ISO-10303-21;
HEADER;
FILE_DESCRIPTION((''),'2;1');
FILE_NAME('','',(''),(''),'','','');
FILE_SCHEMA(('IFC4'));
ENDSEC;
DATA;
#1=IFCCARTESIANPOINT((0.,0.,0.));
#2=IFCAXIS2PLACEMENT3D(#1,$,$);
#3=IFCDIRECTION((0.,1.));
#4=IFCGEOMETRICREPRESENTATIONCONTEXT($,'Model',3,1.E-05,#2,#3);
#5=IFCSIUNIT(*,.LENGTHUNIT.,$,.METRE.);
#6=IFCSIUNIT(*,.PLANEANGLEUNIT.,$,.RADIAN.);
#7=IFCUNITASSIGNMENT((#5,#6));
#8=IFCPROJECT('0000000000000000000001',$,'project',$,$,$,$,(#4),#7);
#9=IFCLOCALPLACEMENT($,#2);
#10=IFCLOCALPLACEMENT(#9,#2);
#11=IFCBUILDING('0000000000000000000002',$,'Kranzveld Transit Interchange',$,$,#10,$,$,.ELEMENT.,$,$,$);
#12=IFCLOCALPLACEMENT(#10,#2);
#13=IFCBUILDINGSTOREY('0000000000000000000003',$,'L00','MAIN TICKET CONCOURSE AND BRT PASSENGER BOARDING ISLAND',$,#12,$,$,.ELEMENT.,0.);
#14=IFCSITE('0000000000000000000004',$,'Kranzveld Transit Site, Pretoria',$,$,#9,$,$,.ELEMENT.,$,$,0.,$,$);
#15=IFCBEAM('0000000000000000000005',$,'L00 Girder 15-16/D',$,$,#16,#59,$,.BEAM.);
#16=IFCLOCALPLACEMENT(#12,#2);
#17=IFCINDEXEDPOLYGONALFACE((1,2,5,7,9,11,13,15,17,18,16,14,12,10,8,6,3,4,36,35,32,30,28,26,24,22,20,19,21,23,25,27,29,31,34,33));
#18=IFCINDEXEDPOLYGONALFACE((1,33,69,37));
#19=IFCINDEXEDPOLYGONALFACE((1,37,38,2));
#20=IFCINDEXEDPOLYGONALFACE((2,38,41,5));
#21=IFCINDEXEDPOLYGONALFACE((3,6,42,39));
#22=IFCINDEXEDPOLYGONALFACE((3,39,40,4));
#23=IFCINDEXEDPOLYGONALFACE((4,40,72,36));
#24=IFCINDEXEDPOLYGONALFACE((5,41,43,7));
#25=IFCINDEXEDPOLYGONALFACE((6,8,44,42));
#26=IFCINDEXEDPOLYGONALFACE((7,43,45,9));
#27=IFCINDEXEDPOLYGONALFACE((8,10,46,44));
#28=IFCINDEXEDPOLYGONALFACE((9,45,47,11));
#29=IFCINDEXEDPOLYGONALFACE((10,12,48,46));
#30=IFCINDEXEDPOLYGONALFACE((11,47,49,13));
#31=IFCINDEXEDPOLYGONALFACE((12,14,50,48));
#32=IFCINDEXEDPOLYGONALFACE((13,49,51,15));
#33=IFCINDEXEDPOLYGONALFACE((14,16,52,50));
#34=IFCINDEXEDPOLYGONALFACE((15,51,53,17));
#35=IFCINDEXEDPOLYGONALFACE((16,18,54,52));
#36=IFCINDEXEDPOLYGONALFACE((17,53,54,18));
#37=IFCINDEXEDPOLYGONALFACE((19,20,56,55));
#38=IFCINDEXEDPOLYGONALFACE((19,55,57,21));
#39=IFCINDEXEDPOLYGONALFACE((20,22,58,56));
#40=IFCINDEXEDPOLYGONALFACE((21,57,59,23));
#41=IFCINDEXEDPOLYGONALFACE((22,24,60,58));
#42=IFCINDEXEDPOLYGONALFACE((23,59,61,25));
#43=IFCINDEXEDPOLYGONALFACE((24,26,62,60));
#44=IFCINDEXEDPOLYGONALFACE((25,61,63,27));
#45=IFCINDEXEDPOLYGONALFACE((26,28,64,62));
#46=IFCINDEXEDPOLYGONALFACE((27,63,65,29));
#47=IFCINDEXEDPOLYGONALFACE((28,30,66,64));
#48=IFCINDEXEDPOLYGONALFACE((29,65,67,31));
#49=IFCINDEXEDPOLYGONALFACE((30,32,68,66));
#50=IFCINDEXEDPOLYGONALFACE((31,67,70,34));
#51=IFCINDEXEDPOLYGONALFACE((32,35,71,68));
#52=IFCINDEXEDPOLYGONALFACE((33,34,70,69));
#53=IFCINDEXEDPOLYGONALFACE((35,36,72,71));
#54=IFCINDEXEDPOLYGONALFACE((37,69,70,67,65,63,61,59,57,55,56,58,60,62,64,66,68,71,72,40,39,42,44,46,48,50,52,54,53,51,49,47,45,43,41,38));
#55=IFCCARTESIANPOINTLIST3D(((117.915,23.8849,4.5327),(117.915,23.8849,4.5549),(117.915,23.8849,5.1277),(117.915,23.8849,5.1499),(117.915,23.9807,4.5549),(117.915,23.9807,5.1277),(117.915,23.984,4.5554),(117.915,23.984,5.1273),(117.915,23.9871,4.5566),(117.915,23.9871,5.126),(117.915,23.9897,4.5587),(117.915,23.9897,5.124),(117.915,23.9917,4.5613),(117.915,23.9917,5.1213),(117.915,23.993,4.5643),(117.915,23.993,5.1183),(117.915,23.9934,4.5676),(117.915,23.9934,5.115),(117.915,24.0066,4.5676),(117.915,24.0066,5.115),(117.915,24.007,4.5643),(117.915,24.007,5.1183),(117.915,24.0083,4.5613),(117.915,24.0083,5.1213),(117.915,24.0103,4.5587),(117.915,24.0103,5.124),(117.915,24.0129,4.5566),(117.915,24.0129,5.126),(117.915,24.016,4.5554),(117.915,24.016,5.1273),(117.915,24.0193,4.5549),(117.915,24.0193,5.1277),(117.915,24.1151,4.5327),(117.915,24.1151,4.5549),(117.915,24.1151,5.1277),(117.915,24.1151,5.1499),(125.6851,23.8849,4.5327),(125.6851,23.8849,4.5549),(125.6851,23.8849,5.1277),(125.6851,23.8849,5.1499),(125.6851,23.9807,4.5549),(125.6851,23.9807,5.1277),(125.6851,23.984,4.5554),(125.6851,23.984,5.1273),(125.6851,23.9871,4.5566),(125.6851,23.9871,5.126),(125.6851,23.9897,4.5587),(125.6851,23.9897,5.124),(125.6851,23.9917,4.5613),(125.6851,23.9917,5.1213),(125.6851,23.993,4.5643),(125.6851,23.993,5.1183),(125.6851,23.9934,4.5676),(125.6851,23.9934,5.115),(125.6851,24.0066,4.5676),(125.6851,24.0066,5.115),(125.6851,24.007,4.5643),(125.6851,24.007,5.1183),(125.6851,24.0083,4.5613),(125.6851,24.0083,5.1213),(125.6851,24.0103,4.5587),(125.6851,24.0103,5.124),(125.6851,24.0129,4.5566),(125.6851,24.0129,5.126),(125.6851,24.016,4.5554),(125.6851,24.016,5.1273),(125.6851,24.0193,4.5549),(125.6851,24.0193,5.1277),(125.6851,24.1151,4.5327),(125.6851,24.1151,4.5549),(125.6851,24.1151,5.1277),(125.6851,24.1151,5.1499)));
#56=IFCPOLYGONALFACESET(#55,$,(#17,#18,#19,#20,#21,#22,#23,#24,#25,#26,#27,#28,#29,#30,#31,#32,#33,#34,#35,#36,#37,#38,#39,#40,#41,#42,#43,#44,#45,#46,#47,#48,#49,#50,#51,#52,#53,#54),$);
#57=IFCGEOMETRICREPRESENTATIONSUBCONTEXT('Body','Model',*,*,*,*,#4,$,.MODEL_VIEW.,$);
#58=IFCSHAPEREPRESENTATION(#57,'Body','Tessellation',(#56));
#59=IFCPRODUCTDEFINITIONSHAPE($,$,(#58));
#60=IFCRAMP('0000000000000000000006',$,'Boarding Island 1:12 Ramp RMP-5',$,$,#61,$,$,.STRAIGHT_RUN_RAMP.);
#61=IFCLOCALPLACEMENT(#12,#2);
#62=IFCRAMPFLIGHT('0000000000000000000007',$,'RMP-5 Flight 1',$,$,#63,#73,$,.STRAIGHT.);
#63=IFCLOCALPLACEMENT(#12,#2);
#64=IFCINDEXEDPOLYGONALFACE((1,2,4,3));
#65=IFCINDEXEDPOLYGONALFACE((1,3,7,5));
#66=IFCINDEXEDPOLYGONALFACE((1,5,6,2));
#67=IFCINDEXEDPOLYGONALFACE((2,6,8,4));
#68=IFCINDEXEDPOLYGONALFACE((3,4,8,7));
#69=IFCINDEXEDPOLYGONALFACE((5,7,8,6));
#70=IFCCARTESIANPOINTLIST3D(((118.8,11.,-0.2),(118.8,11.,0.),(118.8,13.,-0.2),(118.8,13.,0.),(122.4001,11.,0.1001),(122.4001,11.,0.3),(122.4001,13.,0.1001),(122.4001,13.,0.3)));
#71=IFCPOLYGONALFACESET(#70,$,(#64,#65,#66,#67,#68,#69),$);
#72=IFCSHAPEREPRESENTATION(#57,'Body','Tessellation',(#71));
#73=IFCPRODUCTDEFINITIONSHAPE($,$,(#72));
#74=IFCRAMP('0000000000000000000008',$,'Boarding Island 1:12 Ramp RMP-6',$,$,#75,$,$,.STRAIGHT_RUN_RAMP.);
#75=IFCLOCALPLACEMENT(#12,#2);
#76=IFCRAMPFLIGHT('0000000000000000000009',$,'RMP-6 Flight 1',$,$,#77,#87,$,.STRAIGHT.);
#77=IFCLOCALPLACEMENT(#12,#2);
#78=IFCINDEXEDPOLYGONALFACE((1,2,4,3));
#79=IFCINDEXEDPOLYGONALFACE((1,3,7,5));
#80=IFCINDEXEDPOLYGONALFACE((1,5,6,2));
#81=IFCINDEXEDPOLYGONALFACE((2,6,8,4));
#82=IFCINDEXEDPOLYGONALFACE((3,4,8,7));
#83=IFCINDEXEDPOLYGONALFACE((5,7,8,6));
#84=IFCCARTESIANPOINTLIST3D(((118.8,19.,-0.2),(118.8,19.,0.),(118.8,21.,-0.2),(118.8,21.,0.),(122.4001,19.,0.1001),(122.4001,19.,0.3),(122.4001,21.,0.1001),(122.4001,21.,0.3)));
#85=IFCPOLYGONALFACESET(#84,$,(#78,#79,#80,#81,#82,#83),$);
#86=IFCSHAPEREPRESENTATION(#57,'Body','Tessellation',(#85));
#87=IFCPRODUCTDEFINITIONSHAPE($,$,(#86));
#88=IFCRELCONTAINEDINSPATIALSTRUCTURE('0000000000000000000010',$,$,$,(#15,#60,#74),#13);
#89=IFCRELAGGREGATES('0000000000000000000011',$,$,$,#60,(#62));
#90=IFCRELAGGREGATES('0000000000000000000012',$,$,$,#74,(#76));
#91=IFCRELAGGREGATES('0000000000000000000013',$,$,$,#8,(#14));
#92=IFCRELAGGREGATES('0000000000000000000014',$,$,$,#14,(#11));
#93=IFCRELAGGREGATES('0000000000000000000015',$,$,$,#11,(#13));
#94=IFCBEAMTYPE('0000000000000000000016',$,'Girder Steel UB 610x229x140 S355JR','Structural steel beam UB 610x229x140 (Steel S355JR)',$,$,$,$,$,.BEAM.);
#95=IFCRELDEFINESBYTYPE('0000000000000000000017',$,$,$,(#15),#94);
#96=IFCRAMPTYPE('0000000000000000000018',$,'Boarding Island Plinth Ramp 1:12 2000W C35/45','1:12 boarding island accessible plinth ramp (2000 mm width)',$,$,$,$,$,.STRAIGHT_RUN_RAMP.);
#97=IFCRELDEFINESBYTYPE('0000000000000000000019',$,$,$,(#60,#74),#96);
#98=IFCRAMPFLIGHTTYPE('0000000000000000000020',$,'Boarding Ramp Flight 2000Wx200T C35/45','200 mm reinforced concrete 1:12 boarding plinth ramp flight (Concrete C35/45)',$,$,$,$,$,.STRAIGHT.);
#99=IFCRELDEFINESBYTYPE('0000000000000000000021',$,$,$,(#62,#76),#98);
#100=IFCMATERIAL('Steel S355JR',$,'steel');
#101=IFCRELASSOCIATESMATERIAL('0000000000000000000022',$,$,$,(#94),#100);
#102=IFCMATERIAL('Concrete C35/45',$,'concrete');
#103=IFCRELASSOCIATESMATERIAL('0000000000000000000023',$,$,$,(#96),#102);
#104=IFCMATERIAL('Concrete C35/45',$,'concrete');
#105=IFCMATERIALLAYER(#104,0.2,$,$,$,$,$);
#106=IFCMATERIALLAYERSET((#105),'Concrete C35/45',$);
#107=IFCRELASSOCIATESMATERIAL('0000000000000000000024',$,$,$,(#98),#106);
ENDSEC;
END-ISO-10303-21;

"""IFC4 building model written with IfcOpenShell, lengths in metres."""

from ifc_helpers import new_model, si_unit, direction, frame, origin, origin_2d, place, context, subcontext, project, spatial, polyline, i_section, outline, extrude, material, layer, layer_set, material_profile, profile_set, type_object, element, aggregate, save


model = new_model("IFC4")

# Units and contexts
model_context = context("Model", 3, precision=1e-05, world=origin(), true_north=direction((0.0, 1.0)))
body_context = subcontext(model_context, "Body", "Model", "MODEL_VIEW")
ifc_project = project(units=[si_unit("LENGTHUNIT", "METRE"), si_unit("PLANEANGLEUNIT", "RADIAN")], contexts=[model_context])

# Site, building, storey
site_placement = place(None, origin())
site = spatial("IfcSite", under=ifc_project, at=site_placement, Name="Kranzveld Transit Site, Pretoria", CompositionType="ELEMENT", RefElevation=0.0)
building_placement = place(site_placement, origin())
building = spatial("IfcBuilding", under=site, at=building_placement, Name="Kranzveld Transit Interchange", CompositionType="ELEMENT")
storey_placement = place(building_placement, origin())
storey = spatial("IfcBuildingStorey", under=building, at=storey_placement, Name="L00", Description="MAIN TICKET CONCOURSE AND BRT PASSENGER BOARDING ISLAND", CompositionType="ELEMENT", Elevation=0.0)

# Beam
ifc_material_1 = material(Name="Steel S355JR", Category="steel")
ifc_material_profile_1 = material_profile(ifc_material_1, i_section(OverallWidth=0.2302, OverallDepth=0.6172, WebThickness=0.0132, FlangeThickness=0.0222, FilletRadius=0.0127, at=origin_2d()), Name="UB 610x229x140")
ifc_profile_set_1 = profile_set([ifc_material_profile_1], Name="Steel S355JR")
beam_type_1 = type_object("IfcBeamType", Name="Girder Steel UB 610x229x140 S355JR", Description="Structural steel beam UB 610x229x140 (Steel S355JR)", PredefinedType="BEAM", material=ifc_profile_set_1)
for number, where, z_axis, x_axis, name in (
    (1, (117.915, 24.0, 4.8413), (1.0, 0.0, 0.0), (0.0, 1.0, 0.0), "L00 Girder 15-16/D"),
):
    element("IfcBeam", number, at=place(storey_placement, frame(where, z_axis=z_axis, x_axis=x_axis)), inside=storey, type_object=beam_type_1, Name=name, PredefinedType="BEAM", context=body_context, shape_type="SweptSolid", body=[
        extrude(i_section(OverallWidth=0.2302, OverallDepth=0.6172, WebThickness=0.0132, FlangeThickness=0.0222, FilletRadius=0.0127, at=origin_2d()), origin(), (0.0, 0.0, 1.0), 7.77),
    ])

# Ramps, ramp flights
ifc_material_2 = material(Name="Concrete C35/45", Category="concrete")
ramp_type = type_object("IfcRampType", Name="Boarding Island Plinth Ramp 1:12 2000W C35/45", Description="1:12 boarding island accessible plinth ramp (2000 mm width)", PredefinedType="STRAIGHT_RUN_RAMP", material=ifc_material_2)
ramp_1_placement = place(storey_placement, origin())
ramp_1 = element("IfcRamp", 2, at=ramp_1_placement, inside=storey, type_object=ramp_type, Name="Boarding Island 1:12 Ramp RMP-5", PredefinedType="STRAIGHT_RUN_RAMP")
ifc_material_3 = material(Name="Concrete C35/45", Category="concrete")
ifc_layer = layer(ifc_material_3, 0.2)
ifc_layer_set = layer_set([ifc_layer], Name="Concrete C35/45")
ramp_flight_type = type_object("IfcRampFlightType", Name="Boarding Ramp Flight 2000Wx200T C35/45", Description="200 mm reinforced concrete 1:12 boarding plinth ramp flight (Concrete C35/45)", PredefinedType="STRAIGHT", material=ifc_layer_set)
ramp_flight_1_placement = place(storey_placement, frame((118.8, 12.0, 0.0), z_axis=(0.0, 0.0, 1.0), x_axis=(1.0, 0.0, 0.0)))
ramp_flight_1 = element("IfcRampFlight", 3, at=ramp_flight_1_placement, type_object=ramp_flight_type, Name="RMP-5 Flight 1", PredefinedType="STRAIGHT", context=body_context, shape_type="SweptSolid", body=[
    extrude(outline(polyline([(0.0, -0.2), (0.0, 0.0), (3.6001, 0.3), (3.6001, 0.1001), (0.0, -0.2)])), frame((0.0, 1.0, 0.0), z_axis=(0.0, -1.0, 0.0), x_axis=(1.0, 0.0, 0.0)), (0.0, 0.0, 1.0), 2.0),
])
aggregate(ramp_1, [ramp_flight_1])
ramp_2_placement = place(storey_placement, origin())
ramp_2 = element("IfcRamp", 4, at=ramp_2_placement, inside=storey, type_object=ramp_type, Name="Boarding Island 1:12 Ramp RMP-6", PredefinedType="STRAIGHT_RUN_RAMP")
ramp_flight_2_placement = place(storey_placement, frame((118.8, 20.0, 0.0), z_axis=(0.0, 0.0, 1.0), x_axis=(1.0, 0.0, 0.0)))
ramp_flight_2 = element("IfcRampFlight", 5, at=ramp_flight_2_placement, type_object=ramp_flight_type, Name="RMP-6 Flight 1", PredefinedType="STRAIGHT", context=body_context, shape_type="SweptSolid", body=[
    extrude(outline(polyline([(0.0, -0.2), (0.0, 0.0), (3.6001, 0.3), (3.6001, 0.1001), (0.0, -0.2)])), frame((0.0, 1.0, 0.0), z_axis=(0.0, -1.0, 0.0), x_axis=(1.0, 0.0, 0.0)), (0.0, 0.0, 1.0), 2.0),
])
aggregate(ramp_2, [ramp_flight_2])

save(model, "model.ifc")
